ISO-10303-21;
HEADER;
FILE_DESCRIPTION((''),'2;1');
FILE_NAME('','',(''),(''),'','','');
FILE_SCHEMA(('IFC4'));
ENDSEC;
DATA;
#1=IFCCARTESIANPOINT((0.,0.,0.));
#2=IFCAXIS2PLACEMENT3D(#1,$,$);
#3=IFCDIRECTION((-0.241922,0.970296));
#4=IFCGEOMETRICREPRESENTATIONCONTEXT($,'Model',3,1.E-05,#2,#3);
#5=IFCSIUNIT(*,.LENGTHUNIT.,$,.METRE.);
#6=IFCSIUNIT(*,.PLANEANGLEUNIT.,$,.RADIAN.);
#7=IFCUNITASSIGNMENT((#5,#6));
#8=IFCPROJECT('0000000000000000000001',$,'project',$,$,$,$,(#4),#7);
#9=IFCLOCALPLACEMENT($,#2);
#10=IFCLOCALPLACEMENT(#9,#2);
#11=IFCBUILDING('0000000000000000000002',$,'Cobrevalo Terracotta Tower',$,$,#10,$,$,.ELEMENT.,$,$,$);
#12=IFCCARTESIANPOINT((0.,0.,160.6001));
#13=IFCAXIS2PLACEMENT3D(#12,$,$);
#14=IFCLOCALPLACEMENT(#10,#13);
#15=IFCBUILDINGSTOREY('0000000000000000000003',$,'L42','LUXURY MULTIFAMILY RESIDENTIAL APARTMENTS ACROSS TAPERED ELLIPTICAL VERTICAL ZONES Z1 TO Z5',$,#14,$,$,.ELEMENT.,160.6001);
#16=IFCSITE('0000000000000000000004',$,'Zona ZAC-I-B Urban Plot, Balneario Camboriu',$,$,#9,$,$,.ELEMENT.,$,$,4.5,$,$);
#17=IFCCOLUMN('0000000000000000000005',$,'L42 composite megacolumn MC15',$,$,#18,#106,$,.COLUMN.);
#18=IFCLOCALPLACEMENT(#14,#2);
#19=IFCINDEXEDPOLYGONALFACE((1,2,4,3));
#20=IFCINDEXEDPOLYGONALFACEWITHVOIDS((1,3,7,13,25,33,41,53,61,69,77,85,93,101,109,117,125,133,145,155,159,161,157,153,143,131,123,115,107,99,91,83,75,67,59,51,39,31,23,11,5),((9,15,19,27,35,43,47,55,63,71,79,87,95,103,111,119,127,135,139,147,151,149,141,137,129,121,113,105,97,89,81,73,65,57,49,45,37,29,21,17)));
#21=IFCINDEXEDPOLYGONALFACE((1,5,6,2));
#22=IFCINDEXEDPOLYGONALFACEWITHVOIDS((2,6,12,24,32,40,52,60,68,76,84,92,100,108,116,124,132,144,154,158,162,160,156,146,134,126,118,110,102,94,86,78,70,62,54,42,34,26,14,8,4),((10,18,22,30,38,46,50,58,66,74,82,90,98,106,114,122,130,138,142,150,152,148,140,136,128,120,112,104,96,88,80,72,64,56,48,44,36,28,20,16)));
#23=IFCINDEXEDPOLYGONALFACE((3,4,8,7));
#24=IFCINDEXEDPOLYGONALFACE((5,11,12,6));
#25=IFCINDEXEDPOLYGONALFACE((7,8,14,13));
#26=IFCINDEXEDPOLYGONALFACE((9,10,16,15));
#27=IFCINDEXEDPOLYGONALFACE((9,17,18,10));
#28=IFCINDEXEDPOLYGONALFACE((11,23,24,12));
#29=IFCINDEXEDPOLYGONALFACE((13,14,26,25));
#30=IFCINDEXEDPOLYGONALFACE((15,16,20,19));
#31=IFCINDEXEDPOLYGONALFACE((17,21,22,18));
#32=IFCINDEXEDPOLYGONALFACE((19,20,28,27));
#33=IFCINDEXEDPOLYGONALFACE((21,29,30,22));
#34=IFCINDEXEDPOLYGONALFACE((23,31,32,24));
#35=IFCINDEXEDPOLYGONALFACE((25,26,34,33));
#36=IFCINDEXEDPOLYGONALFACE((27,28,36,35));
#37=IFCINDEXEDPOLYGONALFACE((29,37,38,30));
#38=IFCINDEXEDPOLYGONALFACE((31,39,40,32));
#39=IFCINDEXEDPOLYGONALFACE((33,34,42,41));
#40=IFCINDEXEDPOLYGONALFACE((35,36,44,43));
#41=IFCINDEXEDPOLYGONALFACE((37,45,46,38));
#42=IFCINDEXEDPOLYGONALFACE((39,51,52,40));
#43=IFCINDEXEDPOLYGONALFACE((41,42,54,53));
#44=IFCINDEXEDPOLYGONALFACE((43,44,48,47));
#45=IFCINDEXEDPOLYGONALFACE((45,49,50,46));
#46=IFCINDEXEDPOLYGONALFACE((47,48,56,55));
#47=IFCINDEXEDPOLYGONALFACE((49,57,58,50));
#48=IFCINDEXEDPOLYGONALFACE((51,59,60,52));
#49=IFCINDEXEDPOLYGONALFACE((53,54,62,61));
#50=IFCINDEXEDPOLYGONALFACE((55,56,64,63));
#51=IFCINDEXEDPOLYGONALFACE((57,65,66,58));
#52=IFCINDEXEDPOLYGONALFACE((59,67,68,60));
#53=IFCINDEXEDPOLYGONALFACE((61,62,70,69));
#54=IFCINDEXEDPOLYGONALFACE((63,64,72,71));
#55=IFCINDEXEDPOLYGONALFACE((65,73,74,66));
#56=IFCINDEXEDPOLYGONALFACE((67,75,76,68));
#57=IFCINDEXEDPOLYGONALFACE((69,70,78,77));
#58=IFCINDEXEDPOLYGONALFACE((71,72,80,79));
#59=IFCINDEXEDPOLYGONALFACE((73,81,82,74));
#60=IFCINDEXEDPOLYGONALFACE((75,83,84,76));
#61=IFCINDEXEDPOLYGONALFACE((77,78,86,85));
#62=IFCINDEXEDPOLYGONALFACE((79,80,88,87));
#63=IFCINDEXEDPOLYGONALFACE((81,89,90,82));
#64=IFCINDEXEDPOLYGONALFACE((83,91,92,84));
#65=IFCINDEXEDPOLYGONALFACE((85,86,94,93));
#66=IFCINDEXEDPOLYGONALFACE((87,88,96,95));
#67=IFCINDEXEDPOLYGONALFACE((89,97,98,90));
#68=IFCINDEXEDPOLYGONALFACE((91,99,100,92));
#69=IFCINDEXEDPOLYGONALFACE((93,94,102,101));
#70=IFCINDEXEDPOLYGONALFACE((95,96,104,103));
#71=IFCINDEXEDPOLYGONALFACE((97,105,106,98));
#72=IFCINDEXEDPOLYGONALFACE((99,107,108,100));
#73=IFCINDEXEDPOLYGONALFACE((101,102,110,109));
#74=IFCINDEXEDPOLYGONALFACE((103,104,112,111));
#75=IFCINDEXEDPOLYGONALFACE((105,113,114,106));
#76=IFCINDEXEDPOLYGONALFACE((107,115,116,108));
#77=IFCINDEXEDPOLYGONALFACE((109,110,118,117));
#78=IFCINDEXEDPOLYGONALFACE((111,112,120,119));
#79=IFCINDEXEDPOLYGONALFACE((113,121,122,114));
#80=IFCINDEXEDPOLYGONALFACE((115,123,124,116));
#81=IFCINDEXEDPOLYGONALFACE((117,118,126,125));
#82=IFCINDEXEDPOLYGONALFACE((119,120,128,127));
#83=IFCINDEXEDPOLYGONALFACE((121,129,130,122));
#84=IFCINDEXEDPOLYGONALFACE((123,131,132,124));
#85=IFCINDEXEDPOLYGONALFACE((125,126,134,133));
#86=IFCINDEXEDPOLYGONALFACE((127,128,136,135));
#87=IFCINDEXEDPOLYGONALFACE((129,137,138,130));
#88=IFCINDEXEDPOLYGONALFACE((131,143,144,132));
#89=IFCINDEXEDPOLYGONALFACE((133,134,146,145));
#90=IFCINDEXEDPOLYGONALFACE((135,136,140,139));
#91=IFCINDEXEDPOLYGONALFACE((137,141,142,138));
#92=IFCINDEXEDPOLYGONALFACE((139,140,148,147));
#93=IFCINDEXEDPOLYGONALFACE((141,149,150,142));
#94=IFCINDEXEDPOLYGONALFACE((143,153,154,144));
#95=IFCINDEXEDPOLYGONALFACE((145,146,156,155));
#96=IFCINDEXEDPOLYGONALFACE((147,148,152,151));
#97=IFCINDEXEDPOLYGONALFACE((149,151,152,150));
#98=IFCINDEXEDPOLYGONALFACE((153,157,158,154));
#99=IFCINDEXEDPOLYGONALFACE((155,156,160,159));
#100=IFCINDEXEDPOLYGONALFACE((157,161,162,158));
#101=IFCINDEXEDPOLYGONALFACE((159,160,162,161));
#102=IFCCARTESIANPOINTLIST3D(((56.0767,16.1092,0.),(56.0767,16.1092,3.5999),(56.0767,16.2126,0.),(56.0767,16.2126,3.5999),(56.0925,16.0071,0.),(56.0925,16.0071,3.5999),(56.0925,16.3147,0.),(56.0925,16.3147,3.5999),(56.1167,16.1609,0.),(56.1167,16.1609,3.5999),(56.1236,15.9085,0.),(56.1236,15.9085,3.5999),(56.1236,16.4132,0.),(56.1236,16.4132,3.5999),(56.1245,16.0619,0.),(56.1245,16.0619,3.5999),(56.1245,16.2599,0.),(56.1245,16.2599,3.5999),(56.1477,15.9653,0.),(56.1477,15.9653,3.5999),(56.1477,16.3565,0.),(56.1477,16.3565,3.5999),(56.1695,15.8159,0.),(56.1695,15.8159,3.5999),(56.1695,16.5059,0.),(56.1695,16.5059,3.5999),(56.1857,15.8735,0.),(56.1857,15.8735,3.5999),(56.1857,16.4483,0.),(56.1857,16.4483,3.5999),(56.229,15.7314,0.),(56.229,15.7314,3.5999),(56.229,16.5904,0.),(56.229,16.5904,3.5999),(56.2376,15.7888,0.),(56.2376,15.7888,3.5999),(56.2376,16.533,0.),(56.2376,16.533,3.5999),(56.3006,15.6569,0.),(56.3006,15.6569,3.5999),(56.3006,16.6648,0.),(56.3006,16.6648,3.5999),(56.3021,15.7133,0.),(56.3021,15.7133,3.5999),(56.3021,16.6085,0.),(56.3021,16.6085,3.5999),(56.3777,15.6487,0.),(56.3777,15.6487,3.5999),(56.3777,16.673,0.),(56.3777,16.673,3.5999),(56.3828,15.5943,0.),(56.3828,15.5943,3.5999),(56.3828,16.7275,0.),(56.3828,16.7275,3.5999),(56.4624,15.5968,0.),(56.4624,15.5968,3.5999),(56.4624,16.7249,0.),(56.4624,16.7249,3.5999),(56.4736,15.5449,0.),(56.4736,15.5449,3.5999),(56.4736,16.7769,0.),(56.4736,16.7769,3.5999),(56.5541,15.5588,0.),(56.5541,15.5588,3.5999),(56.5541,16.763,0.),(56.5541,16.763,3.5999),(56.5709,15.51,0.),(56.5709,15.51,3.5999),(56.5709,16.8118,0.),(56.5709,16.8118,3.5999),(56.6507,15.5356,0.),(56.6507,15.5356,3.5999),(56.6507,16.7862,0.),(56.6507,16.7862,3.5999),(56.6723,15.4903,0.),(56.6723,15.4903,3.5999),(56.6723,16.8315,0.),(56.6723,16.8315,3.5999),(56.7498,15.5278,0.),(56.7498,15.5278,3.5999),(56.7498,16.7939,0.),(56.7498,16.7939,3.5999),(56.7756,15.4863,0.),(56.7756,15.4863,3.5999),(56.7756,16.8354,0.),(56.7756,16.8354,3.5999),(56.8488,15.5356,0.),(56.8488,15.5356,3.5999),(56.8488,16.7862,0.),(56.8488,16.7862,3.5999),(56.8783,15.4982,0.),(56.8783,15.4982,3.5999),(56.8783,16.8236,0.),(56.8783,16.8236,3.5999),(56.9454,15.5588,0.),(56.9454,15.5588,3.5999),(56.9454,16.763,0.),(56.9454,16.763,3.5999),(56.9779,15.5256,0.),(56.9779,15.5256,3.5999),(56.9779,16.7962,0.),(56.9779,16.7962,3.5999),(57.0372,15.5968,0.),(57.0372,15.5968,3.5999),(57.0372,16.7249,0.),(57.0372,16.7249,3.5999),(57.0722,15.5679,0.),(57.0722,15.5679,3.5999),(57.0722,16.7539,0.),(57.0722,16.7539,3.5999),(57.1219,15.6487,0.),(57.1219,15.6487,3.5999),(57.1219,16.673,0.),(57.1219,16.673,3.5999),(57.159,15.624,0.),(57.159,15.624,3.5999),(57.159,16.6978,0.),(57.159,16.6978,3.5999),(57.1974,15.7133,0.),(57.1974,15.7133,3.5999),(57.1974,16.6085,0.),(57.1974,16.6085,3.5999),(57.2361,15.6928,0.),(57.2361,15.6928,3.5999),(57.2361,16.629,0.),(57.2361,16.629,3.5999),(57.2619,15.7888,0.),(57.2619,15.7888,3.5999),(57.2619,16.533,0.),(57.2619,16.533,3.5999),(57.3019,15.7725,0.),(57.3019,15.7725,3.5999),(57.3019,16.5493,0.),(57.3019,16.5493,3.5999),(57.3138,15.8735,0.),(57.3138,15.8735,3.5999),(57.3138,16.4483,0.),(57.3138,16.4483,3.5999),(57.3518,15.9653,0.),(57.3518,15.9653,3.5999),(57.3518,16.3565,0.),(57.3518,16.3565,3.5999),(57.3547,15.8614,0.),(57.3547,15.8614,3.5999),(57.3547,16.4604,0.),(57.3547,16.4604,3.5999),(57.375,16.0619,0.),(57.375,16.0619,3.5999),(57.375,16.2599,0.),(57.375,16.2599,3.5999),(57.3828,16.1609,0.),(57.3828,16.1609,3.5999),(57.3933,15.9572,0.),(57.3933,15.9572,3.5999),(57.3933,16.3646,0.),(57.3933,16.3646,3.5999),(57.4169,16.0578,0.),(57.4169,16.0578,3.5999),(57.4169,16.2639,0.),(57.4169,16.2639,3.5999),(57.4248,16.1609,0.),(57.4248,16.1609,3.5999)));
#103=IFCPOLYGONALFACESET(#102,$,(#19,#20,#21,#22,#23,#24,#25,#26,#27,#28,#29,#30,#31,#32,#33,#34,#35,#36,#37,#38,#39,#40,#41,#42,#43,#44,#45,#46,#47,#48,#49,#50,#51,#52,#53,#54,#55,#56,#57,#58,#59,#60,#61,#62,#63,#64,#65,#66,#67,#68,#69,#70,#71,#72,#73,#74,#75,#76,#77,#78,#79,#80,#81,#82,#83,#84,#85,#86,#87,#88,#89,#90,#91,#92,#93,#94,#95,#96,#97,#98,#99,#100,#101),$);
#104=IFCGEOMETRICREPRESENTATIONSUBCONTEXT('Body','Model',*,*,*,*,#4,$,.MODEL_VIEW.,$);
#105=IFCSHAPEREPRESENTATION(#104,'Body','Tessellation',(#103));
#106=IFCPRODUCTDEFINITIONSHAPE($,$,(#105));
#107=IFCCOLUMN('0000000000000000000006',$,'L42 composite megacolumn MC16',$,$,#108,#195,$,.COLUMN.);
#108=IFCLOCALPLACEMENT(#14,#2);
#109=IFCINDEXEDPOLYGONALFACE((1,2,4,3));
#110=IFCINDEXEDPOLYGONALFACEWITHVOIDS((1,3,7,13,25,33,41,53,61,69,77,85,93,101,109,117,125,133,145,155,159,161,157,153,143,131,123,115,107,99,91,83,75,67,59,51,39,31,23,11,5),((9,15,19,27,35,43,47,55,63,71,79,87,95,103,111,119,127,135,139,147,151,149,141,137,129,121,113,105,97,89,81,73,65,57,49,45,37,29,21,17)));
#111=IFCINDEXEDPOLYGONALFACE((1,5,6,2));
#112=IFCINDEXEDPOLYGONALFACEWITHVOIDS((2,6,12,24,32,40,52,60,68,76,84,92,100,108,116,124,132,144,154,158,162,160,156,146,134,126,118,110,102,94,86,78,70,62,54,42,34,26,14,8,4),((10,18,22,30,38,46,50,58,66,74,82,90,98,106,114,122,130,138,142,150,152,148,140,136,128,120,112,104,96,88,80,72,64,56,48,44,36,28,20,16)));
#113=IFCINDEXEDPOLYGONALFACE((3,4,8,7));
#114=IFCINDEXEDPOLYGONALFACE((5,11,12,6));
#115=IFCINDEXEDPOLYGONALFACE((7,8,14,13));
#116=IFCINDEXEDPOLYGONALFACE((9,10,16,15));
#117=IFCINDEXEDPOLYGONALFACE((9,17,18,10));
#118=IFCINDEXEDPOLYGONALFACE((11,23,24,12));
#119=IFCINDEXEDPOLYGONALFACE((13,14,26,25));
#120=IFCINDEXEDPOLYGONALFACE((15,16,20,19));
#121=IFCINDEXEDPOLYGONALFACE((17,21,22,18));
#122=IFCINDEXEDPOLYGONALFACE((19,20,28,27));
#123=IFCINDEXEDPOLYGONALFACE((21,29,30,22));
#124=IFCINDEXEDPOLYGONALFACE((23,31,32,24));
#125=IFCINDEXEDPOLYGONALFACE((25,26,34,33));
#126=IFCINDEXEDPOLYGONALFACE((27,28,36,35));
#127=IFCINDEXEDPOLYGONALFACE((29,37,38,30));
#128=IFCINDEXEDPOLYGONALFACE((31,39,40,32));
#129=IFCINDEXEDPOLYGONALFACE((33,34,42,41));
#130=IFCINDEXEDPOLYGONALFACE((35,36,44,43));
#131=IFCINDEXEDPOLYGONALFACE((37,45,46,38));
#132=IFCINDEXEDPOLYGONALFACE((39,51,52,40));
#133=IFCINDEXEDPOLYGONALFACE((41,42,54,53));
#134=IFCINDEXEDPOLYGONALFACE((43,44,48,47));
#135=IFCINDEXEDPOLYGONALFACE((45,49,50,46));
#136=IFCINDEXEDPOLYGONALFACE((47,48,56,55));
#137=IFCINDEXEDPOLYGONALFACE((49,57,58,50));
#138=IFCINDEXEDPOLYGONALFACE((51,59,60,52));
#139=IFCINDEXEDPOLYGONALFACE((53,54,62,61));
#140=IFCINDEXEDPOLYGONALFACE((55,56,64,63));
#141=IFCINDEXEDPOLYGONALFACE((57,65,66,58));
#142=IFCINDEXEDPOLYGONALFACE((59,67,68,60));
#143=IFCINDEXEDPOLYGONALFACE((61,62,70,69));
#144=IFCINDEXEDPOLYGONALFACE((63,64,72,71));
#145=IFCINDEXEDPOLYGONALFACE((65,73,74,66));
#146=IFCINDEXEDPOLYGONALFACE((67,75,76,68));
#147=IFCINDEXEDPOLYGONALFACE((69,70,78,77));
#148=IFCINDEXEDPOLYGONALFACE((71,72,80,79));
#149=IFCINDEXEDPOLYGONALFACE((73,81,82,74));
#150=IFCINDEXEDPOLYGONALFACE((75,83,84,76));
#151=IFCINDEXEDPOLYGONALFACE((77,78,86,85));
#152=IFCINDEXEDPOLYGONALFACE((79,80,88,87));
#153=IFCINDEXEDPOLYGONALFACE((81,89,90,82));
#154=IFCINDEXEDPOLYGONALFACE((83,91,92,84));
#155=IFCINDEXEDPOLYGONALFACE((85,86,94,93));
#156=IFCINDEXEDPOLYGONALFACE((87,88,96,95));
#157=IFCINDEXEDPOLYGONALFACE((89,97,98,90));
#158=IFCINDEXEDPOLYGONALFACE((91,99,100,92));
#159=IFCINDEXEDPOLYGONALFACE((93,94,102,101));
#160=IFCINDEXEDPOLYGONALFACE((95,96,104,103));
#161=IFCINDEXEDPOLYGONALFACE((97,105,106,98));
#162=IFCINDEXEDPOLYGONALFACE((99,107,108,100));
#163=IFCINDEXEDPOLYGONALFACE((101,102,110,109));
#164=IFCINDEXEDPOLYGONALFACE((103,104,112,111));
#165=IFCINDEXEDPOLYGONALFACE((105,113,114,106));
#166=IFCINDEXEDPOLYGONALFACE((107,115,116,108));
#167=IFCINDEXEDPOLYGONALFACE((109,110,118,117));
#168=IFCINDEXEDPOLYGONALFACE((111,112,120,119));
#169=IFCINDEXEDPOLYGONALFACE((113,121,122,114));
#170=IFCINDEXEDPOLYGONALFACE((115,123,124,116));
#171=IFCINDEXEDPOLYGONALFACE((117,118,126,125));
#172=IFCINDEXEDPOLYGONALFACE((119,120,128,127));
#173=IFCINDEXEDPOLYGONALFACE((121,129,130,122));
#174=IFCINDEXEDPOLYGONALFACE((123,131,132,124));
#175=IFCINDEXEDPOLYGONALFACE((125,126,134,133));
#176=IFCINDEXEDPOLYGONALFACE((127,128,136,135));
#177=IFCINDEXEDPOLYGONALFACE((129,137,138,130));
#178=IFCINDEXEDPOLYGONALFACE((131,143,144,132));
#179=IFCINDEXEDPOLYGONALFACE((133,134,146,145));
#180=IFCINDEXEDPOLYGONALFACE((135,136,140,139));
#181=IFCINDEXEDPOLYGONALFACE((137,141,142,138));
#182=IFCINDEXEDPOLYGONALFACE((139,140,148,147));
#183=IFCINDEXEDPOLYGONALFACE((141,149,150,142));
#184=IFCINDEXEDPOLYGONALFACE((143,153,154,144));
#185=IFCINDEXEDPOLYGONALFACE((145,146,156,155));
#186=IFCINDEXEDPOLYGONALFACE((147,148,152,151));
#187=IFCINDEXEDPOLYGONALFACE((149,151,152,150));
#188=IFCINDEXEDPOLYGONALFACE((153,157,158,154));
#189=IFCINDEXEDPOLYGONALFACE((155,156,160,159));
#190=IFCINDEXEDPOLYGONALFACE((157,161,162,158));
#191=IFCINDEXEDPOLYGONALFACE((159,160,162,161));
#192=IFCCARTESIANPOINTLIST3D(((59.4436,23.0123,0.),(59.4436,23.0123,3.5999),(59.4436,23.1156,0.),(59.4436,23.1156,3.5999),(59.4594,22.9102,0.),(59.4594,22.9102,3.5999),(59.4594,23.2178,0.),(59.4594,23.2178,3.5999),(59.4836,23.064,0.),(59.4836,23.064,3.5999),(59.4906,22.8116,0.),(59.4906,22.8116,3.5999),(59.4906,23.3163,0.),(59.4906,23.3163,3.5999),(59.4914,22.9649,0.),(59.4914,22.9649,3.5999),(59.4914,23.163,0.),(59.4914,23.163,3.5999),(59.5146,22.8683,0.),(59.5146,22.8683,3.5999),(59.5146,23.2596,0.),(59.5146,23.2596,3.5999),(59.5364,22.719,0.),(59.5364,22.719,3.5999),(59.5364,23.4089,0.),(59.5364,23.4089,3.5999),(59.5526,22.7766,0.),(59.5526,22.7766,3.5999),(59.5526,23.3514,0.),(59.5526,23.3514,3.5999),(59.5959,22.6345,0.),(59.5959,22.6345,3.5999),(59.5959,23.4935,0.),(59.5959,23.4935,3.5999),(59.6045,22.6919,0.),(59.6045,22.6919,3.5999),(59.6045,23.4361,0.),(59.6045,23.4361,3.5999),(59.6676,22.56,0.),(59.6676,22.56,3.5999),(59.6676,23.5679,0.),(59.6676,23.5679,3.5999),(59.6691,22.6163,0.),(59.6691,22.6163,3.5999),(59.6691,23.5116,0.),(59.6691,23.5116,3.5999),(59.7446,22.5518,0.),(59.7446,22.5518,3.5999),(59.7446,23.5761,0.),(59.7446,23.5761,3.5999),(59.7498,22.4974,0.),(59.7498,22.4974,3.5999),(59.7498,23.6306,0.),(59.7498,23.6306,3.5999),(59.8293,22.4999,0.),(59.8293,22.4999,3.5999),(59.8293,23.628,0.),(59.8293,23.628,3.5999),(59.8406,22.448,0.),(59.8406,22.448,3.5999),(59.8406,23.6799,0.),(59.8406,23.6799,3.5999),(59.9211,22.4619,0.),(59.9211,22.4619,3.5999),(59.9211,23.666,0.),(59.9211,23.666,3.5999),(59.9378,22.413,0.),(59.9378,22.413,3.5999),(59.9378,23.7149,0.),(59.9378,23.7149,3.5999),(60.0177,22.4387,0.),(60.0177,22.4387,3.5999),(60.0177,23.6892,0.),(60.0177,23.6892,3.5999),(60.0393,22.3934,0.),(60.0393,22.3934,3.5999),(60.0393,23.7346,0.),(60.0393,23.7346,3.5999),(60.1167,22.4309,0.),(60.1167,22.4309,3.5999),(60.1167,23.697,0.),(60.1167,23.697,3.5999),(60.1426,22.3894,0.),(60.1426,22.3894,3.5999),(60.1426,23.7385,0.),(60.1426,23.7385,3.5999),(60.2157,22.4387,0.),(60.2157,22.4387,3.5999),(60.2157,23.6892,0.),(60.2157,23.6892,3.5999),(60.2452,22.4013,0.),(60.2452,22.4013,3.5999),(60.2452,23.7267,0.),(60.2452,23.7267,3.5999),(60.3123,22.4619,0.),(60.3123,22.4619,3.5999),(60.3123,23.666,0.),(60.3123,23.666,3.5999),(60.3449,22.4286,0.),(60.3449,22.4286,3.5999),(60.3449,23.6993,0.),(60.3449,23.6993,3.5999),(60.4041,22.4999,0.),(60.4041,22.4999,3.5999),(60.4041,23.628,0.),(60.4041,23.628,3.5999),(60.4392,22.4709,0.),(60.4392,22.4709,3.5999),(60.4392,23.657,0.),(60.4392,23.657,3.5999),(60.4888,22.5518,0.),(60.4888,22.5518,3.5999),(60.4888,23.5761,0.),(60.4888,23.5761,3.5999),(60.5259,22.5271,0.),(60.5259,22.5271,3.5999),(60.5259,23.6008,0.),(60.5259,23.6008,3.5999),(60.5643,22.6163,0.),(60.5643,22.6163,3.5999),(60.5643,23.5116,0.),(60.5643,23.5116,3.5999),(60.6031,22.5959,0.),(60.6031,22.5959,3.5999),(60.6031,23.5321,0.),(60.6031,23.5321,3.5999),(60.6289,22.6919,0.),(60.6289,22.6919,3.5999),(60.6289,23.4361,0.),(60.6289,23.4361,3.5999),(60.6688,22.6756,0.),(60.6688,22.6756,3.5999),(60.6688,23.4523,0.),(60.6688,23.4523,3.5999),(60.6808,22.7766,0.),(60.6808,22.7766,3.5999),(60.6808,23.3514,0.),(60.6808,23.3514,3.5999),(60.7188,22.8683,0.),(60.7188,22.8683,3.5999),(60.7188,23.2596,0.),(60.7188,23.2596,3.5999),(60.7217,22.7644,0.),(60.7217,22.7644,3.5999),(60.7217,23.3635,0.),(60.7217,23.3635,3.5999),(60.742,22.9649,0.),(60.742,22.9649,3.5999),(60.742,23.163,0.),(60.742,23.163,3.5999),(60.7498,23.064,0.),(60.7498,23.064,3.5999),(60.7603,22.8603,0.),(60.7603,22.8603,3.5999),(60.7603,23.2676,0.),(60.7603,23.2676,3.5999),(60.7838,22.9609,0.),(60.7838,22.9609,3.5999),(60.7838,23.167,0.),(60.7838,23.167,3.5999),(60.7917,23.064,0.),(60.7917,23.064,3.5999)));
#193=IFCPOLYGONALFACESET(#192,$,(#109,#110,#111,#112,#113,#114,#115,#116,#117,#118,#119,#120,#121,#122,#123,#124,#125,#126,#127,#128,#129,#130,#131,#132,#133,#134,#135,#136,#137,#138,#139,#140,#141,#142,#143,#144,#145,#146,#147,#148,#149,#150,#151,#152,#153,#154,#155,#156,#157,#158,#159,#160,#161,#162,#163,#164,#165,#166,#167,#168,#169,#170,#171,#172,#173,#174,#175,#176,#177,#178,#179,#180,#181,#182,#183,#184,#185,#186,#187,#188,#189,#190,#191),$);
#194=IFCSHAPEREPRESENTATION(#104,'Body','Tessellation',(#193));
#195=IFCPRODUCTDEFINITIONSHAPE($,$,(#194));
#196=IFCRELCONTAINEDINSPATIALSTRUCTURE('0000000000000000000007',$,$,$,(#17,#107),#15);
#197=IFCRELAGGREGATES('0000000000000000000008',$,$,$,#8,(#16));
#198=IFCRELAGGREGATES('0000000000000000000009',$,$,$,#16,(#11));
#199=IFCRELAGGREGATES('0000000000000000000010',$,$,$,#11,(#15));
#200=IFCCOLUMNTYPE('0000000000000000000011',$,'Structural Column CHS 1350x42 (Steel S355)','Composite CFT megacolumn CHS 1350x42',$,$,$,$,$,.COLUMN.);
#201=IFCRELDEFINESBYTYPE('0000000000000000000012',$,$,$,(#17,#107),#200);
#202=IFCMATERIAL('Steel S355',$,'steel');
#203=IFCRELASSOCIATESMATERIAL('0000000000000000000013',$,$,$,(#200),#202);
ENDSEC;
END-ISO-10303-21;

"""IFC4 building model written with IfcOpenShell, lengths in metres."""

from ifc_helpers import new_model, si_unit, direction, frame, origin, origin_2d, place, context, subcontext, project, spatial, hollow_circle, extrude, material, material_profile, profile_set, type_object, element, save


model = new_model("IFC4")

# Units and contexts
model_context = context("Model", 3, precision=1e-05, world=origin(), true_north=direction((-0.241922, 0.970296)))
body_context = subcontext(model_context, "Body", "Model", "MODEL_VIEW")
ifc_project = project(units=[si_unit("LENGTHUNIT", "METRE"), si_unit("PLANEANGLEUNIT", "RADIAN")], contexts=[model_context])

# Site, building, storey
site_placement = place(None, origin())
site = spatial("IfcSite", under=ifc_project, at=site_placement, Name="Zona ZAC-I-B Urban Plot, Balneario Camboriu", CompositionType="ELEMENT", RefElevation=4.5)
building_placement = place(site_placement, origin())
building = spatial("IfcBuilding", under=site, at=building_placement, Name="Cobrevalo Terracotta Tower", CompositionType="ELEMENT")
storey_placement = place(building_placement, frame((0.0, 0.0, 160.6001)))
storey = spatial("IfcBuildingStorey", under=building, at=storey_placement, Name="L42", Description="LUXURY MULTIFAMILY RESIDENTIAL APARTMENTS ACROSS TAPERED ELLIPTICAL VERTICAL ZONES Z1 TO Z5", CompositionType="ELEMENT", Elevation=160.6001)

# Columns
ifc_material_1 = material(Name="Steel S355", Category="steel")
ifc_material_profile_1 = material_profile(ifc_material_1, hollow_circle(Radius=0.675, WallThickness=0.042, at=origin_2d()), Name="CHS 1350x42")
ifc_profile_set_1 = profile_set([ifc_material_profile_1], Name="Steel S355")
column_type_1 = type_object("IfcColumnType", Name="Structural Column CHS 1350x42 (Steel S355)", Description="Composite CFT megacolumn CHS 1350x42", PredefinedType="COLUMN", material=ifc_profile_set_1)
for number, where, z_axis, x_axis, name in (
    (1, (56.7498, 16.1609, 0.0), (0.0, 0.0, 1.0), (1.0, 0.0, 0.0), "L42 composite megacolumn MC15"),
    (2, (60.1167, 23.064, 0.0), (0.0, 0.0, 1.0), (1.0, 0.0, 0.0), "L42 composite megacolumn MC16"),
):
    element("IfcColumn", number, at=place(storey_placement, frame(where, z_axis=z_axis, x_axis=x_axis)), inside=storey, type_object=column_type_1, Name=name, PredefinedType="COLUMN", context=body_context, shape_type="SweptSolid", body=[
        extrude(hollow_circle(Radius=0.675, WallThickness=0.042, at=origin_2d()), origin(), (0.0, 0.0, 1.0), 3.5999),
    ])

save(model, "model.ifc")
